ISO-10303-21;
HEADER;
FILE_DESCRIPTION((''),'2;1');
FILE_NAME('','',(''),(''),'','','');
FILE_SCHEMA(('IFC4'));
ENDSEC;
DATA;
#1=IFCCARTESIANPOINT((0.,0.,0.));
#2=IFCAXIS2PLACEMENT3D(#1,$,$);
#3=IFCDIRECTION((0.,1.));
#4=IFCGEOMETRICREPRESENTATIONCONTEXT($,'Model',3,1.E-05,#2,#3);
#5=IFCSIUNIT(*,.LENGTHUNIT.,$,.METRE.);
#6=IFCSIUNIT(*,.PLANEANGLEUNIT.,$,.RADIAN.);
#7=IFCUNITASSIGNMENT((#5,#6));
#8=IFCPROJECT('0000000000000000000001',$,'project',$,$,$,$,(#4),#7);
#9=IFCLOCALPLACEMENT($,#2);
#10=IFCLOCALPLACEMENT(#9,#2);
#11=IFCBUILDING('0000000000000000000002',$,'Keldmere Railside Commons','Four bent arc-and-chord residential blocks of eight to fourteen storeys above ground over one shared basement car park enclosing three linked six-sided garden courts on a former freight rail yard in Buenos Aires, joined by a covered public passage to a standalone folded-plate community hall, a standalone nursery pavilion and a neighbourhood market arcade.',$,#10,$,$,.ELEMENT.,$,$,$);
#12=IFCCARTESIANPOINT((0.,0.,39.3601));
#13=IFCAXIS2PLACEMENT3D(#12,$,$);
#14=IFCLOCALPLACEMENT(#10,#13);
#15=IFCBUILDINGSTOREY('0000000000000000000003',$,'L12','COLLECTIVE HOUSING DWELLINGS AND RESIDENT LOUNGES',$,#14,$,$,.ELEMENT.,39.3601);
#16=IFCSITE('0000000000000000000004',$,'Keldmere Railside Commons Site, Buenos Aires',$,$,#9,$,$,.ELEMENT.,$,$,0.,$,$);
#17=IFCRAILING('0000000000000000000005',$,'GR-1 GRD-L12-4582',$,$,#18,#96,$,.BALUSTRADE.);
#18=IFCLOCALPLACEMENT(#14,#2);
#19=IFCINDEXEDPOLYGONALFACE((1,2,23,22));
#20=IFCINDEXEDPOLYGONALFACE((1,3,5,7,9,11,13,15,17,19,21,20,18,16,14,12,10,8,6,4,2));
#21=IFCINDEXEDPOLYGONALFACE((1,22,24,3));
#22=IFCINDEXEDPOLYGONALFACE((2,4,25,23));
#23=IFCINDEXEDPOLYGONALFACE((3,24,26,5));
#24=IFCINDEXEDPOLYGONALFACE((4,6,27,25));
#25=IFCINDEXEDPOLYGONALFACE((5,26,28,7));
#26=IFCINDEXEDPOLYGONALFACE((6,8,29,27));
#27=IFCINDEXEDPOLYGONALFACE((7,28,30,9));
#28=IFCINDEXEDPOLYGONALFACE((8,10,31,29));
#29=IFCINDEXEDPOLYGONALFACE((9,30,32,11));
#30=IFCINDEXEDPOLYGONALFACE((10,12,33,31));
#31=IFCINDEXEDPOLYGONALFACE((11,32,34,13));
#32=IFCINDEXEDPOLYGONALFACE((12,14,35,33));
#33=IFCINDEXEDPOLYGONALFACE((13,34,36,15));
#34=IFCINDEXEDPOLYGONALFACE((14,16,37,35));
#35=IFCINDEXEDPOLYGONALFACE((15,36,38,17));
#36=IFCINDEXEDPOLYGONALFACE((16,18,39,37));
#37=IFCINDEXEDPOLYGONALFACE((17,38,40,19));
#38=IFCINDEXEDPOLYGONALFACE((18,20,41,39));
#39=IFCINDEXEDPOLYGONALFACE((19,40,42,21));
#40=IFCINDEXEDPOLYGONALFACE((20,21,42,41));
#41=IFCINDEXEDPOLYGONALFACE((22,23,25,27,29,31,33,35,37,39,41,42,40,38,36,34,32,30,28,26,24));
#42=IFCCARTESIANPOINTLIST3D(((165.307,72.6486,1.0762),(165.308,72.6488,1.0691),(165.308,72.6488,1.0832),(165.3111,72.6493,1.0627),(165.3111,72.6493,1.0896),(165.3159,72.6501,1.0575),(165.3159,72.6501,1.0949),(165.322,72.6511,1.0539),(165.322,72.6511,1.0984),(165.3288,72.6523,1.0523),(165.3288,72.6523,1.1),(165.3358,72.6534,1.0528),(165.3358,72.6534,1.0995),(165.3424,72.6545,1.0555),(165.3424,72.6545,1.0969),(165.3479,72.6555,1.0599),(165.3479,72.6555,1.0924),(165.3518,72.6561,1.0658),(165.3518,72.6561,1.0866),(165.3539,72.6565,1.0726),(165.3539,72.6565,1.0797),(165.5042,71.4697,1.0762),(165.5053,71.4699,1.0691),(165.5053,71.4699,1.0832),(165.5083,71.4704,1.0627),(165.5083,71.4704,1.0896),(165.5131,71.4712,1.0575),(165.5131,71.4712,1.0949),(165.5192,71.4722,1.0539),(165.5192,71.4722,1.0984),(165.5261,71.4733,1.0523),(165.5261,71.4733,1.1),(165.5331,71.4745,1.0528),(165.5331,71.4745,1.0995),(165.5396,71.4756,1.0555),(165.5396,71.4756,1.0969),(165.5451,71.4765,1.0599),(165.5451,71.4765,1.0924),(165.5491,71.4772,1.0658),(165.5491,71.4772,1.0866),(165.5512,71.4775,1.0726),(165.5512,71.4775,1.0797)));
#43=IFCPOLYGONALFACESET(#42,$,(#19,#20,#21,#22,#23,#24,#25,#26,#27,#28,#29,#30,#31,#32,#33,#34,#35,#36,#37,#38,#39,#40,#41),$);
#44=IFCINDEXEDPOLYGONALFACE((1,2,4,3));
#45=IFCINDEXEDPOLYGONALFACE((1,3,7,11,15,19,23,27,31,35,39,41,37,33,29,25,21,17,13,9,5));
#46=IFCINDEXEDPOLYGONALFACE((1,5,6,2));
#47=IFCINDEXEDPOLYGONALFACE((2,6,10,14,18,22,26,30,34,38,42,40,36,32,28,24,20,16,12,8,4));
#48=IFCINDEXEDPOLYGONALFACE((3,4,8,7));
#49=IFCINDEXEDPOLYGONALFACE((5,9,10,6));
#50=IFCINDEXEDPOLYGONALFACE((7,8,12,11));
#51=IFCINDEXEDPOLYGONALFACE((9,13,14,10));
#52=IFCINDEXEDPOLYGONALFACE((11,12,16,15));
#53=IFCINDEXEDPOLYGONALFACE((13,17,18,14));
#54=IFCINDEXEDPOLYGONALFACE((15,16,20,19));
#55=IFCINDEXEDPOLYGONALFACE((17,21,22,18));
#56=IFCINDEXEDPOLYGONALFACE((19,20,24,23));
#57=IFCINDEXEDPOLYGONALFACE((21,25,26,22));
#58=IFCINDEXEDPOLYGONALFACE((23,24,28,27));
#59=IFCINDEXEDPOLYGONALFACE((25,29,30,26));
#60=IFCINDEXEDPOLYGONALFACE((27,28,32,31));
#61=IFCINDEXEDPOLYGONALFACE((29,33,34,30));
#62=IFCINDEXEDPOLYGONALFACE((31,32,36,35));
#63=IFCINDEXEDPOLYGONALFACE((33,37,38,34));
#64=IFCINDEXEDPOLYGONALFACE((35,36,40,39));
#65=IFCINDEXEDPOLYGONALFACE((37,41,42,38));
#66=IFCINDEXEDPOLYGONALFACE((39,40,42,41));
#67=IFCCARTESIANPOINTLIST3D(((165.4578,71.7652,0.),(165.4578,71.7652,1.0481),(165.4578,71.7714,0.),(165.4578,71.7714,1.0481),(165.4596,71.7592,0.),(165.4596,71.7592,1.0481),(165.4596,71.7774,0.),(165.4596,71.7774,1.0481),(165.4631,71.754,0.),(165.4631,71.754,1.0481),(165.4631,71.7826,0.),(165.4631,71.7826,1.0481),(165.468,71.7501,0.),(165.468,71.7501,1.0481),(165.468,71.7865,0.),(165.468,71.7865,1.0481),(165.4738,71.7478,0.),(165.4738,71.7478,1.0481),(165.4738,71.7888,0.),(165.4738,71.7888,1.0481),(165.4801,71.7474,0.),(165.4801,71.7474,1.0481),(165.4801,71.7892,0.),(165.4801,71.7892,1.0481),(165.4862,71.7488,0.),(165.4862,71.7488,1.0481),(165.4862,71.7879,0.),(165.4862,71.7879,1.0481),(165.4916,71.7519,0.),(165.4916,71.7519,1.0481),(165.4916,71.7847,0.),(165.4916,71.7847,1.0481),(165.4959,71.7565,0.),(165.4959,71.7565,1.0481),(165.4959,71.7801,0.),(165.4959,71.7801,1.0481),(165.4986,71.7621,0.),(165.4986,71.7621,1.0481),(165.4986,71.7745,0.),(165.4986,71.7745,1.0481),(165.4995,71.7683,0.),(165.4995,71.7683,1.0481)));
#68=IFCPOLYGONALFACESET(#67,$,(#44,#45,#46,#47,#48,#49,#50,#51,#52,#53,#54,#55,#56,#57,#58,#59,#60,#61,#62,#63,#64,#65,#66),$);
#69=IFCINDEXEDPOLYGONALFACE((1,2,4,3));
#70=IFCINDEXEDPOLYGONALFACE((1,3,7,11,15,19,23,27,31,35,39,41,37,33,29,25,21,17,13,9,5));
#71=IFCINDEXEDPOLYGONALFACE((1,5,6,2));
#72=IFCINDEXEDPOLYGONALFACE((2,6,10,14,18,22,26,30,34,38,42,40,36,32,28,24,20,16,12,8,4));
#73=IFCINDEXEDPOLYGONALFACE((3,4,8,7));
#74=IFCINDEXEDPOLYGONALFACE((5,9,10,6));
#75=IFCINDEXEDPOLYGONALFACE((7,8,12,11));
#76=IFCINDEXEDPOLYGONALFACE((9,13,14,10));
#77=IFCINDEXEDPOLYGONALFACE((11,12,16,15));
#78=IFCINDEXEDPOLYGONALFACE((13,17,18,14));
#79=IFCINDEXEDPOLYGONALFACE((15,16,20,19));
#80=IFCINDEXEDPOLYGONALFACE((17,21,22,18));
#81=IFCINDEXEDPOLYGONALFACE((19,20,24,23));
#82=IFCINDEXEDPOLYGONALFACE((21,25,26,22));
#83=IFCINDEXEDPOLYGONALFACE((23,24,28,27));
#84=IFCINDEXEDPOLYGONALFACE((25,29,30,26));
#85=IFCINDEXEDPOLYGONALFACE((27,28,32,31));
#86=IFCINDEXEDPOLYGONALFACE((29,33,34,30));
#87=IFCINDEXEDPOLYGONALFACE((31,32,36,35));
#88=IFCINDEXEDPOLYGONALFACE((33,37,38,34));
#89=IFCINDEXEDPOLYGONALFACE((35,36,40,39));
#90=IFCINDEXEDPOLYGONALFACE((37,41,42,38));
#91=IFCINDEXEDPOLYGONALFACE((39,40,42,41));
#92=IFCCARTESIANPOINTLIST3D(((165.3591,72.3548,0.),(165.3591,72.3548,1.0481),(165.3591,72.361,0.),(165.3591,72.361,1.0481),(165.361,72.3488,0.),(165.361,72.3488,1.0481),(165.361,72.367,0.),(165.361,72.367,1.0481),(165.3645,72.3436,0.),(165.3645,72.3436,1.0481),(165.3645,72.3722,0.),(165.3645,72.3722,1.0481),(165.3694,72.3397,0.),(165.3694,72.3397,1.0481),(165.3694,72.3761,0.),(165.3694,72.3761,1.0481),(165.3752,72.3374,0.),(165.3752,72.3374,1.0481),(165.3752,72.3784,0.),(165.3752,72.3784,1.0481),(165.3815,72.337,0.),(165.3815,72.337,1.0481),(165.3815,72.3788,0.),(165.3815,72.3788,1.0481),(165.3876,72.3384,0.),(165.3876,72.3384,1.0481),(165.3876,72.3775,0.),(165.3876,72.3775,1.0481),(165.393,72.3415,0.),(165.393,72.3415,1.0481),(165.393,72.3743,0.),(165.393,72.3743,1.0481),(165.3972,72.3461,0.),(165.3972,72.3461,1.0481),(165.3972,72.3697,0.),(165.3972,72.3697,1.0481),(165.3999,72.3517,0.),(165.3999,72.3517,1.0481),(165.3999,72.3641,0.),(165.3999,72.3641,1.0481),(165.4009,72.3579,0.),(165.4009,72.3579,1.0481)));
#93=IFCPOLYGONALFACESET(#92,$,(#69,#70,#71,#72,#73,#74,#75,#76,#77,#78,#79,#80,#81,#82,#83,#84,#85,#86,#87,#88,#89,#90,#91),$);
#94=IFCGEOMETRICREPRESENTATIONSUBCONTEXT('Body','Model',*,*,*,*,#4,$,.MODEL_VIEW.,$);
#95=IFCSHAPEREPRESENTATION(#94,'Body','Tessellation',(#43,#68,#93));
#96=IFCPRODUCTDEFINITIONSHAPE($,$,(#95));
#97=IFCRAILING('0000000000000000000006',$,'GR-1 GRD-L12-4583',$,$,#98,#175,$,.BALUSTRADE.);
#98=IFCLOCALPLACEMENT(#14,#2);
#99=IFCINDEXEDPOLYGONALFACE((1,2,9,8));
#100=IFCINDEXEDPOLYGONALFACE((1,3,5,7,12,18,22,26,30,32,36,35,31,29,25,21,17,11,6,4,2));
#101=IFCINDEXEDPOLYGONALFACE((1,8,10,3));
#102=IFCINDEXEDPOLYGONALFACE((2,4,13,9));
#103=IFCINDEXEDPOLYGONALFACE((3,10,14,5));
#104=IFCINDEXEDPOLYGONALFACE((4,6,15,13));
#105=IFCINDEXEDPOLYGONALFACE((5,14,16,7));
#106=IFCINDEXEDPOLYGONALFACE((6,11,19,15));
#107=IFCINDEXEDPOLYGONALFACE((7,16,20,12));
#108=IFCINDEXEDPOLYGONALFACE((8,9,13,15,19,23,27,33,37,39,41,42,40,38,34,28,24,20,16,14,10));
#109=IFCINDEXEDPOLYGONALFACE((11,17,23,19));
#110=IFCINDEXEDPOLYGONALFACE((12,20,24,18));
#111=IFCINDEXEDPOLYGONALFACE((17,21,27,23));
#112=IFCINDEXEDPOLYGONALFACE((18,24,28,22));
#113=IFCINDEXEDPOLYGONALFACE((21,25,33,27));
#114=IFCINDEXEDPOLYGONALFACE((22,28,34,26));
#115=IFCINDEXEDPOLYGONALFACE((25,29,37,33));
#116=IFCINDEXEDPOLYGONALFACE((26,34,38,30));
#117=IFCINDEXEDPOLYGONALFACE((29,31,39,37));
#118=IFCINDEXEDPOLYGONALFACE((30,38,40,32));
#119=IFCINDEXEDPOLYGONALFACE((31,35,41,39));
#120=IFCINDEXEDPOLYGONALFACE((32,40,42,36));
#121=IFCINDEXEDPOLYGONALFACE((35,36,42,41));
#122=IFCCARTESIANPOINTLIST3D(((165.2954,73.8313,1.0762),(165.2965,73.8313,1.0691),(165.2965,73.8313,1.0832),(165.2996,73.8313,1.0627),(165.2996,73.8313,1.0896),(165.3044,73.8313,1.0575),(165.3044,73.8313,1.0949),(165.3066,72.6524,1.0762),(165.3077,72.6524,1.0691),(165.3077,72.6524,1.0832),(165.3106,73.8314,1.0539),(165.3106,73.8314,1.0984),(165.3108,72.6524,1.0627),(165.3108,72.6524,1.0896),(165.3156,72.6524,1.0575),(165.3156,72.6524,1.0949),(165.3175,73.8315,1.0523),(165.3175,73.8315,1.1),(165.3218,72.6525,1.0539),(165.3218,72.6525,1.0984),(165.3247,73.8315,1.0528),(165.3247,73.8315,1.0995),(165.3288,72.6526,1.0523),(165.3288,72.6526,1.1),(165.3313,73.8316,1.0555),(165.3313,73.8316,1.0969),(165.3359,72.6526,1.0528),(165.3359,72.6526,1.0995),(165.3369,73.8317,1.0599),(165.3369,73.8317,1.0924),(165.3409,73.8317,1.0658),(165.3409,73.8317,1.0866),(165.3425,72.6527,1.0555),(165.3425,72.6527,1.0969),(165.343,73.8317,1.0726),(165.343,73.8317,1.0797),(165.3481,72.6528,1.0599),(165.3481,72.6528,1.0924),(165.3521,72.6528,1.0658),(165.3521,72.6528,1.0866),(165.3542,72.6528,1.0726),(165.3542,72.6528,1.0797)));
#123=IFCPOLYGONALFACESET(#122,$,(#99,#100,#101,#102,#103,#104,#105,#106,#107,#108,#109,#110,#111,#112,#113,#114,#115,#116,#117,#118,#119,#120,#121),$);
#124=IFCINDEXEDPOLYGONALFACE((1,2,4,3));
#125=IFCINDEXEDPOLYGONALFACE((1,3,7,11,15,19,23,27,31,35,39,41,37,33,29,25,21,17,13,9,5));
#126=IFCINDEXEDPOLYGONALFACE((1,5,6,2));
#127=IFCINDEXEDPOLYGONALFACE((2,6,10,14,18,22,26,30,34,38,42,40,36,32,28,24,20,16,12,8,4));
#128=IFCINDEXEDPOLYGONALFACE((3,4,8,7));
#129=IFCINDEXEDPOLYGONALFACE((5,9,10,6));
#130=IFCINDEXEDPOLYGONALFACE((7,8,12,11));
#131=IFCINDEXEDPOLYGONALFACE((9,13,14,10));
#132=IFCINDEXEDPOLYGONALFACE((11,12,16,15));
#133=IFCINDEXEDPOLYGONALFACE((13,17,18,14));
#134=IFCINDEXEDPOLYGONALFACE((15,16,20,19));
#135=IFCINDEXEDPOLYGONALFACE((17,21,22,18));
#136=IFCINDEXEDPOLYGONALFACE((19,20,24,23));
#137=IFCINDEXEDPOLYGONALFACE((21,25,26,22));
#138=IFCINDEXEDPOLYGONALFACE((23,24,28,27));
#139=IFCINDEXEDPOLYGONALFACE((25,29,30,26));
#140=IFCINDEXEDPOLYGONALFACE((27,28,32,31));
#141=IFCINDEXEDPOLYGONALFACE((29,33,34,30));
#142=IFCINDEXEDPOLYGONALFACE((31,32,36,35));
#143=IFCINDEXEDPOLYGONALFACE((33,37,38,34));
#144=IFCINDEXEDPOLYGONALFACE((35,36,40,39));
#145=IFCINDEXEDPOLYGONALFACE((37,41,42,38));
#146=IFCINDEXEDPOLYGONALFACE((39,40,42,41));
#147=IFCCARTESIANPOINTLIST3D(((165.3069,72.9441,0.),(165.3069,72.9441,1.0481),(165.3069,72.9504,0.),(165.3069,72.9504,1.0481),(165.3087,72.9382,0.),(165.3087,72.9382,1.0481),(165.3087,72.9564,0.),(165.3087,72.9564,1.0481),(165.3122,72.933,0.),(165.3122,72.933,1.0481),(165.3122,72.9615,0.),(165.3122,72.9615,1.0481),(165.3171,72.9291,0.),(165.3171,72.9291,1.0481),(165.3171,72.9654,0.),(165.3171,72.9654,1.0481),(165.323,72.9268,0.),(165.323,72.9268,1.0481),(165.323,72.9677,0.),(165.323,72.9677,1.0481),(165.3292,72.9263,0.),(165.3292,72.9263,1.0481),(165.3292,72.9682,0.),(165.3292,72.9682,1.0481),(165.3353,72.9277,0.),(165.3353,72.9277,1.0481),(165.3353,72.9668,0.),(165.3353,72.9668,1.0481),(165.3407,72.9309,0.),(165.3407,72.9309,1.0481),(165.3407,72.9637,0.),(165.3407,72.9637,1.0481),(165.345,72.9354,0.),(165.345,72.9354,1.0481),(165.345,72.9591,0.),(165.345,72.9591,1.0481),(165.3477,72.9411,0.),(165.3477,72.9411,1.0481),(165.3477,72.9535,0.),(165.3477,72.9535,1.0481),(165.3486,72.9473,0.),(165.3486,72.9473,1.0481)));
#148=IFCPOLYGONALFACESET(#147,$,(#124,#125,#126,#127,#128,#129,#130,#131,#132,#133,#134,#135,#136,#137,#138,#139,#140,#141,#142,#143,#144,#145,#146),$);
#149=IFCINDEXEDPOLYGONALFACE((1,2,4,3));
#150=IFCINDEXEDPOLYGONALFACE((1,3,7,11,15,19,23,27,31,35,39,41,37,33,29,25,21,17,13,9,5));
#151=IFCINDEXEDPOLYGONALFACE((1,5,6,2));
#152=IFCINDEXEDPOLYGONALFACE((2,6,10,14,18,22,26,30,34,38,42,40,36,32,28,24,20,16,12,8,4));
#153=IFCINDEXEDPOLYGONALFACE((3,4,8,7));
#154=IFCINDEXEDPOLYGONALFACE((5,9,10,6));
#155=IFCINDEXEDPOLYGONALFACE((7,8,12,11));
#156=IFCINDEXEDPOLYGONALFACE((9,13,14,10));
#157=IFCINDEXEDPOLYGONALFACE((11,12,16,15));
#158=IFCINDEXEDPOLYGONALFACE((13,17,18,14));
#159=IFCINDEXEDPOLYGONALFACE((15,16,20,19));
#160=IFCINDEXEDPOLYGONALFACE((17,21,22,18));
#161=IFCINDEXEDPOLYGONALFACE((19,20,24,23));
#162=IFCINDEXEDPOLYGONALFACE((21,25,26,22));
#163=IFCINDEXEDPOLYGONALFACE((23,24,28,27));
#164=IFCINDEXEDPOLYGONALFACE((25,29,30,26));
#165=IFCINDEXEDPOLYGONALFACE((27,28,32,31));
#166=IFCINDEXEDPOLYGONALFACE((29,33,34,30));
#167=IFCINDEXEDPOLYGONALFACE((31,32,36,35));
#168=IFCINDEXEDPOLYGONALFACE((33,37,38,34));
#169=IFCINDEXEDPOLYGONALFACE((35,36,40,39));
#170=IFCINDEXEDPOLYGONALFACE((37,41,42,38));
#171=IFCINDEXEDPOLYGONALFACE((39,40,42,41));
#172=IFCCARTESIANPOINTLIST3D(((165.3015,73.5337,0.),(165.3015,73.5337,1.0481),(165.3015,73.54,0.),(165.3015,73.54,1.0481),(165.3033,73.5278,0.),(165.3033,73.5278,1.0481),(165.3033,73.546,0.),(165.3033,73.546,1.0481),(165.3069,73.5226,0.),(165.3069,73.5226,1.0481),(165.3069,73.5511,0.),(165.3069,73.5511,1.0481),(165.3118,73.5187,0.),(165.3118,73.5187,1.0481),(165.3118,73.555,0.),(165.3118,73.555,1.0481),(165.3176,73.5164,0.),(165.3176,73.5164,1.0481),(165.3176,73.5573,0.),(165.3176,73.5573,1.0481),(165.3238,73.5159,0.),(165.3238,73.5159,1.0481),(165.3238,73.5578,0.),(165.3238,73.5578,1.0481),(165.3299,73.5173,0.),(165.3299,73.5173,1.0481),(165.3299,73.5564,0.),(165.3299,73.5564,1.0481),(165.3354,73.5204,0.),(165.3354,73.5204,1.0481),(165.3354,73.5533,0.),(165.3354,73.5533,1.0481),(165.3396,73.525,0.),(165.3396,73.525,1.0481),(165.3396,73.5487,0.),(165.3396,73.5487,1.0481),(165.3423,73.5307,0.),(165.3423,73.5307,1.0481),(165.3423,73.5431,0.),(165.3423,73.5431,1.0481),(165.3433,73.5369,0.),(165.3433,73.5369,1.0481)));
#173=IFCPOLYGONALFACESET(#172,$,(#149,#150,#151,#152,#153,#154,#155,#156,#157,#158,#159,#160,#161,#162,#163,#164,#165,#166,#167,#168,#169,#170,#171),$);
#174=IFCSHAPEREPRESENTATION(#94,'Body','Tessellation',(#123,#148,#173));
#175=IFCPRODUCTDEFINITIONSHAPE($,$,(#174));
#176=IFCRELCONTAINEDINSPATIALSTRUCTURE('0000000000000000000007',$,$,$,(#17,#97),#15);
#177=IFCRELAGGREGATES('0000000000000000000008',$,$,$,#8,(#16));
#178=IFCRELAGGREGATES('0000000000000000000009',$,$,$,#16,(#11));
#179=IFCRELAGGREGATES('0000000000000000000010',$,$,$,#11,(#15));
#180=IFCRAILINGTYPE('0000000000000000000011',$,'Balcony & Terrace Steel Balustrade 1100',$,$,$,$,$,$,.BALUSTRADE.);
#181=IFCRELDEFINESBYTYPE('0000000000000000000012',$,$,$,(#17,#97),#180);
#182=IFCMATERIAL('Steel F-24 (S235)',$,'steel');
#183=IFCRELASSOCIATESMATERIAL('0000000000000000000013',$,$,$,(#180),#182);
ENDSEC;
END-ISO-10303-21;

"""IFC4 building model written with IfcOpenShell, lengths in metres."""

from ifc_helpers import new_model, si_unit, direction, frame, origin, origin_2d, place, context, subcontext, project, spatial, circle, extrude, material, type_object, element, save


model = new_model("IFC4")

# Units and contexts
model_context = context("Model", 3, precision=1e-05, world=origin(), true_north=direction((0.0, 1.0)))
body_context = subcontext(model_context, "Body", "Model", "MODEL_VIEW")
ifc_project = project(units=[si_unit("LENGTHUNIT", "METRE"), si_unit("PLANEANGLEUNIT", "RADIAN")], contexts=[model_context])

# Site, building, storey
site_placement = place(None, origin())
site = spatial("IfcSite", under=ifc_project, at=site_placement, Name="Keldmere Railside Commons Site, Buenos Aires", CompositionType="ELEMENT", RefElevation=0.0)
building_placement = place(site_placement, origin())
building = spatial("IfcBuilding", under=site, at=building_placement, Name="Keldmere Railside Commons", Description="Four bent arc-and-chord residential blocks of eight to fourteen storeys above ground over one shared basement car park enclosing three linked six-sided garden courts on a former freight rail yard in Buenos Aires, joined by a covered public passage to a standalone folded-plate community hall, a standalone nursery pavilion and a neighbourhood market arcade.", CompositionType="ELEMENT")
storey_placement = place(building_placement, frame((0.0, 0.0, 39.3601)))
storey = spatial("IfcBuildingStorey", under=building, at=storey_placement, Name="L12", Description="COLLECTIVE HOUSING DWELLINGS AND RESIDENT LOUNGES", CompositionType="ELEMENT", Elevation=39.3601)

# Railings
ifc_material_1 = material(Name="Steel F-24 (S235)", Category="steel")
railing_type = type_object("IfcRailingType", Name="Balcony & Terrace Steel Balustrade 1100", PredefinedType="BALUSTRADE", material=ifc_material_1)
railing_1_placement = place(storey_placement, frame((165.5278, 71.4736, 0.0)))
element("IfcRailing", 1, at=railing_1_placement, inside=storey, type_object=railing_type, Name="GR-1 GRD-L12-4582", PredefinedType="BALUSTRADE", context=body_context, shape_type="SweptSolid", body=[
    extrude(circle(Radius=0.0239, at=origin_2d()), frame((0.0, 0.0, 1.0762), z_axis=(-0.165028, 0.986289, 0.0), x_axis=(-0.986289, -0.165028, 0.0)), (0.0, 0.0, 1.0), 1.1953),
    extrude(circle(Radius=0.021, at=origin_2d()), frame((-0.0493, 0.2947, 0.0)), (0.0, 0.0, 1.0), 1.0481),
    extrude(circle(Radius=0.021, at=origin_2d()), frame((-0.1479, 0.8843, 0.0)), (0.0, 0.0, 1.0), 1.0481),
])
railing_2_placement = place(storey_placement, frame((165.3306, 72.6526, 0.0)))
element("IfcRailing", 2, at=railing_2_placement, inside=storey, type_object=railing_type, Name="GR-1 GRD-L12-4583", PredefinedType="BALUSTRADE", context=body_context, shape_type="SweptSolid", body=[
    extrude(circle(Radius=0.0239, at=origin_2d()), frame((0.0, 0.0, 1.0762), z_axis=(-0.009525, 0.999955, 0.0), x_axis=(-0.999955, -0.009525, 0.0)), (0.0, 0.0, 1.0), 1.179),
    extrude(circle(Radius=0.021, at=origin_2d()), frame((-0.0029, 0.2947, 0.0)), (0.0, 0.0, 1.0), 1.0481),
    extrude(circle(Radius=0.021, at=origin_2d()), frame((-0.0083, 0.8843, 0.0)), (0.0, 0.0, 1.0), 1.0481),
])

save(model, "model.ifc")
